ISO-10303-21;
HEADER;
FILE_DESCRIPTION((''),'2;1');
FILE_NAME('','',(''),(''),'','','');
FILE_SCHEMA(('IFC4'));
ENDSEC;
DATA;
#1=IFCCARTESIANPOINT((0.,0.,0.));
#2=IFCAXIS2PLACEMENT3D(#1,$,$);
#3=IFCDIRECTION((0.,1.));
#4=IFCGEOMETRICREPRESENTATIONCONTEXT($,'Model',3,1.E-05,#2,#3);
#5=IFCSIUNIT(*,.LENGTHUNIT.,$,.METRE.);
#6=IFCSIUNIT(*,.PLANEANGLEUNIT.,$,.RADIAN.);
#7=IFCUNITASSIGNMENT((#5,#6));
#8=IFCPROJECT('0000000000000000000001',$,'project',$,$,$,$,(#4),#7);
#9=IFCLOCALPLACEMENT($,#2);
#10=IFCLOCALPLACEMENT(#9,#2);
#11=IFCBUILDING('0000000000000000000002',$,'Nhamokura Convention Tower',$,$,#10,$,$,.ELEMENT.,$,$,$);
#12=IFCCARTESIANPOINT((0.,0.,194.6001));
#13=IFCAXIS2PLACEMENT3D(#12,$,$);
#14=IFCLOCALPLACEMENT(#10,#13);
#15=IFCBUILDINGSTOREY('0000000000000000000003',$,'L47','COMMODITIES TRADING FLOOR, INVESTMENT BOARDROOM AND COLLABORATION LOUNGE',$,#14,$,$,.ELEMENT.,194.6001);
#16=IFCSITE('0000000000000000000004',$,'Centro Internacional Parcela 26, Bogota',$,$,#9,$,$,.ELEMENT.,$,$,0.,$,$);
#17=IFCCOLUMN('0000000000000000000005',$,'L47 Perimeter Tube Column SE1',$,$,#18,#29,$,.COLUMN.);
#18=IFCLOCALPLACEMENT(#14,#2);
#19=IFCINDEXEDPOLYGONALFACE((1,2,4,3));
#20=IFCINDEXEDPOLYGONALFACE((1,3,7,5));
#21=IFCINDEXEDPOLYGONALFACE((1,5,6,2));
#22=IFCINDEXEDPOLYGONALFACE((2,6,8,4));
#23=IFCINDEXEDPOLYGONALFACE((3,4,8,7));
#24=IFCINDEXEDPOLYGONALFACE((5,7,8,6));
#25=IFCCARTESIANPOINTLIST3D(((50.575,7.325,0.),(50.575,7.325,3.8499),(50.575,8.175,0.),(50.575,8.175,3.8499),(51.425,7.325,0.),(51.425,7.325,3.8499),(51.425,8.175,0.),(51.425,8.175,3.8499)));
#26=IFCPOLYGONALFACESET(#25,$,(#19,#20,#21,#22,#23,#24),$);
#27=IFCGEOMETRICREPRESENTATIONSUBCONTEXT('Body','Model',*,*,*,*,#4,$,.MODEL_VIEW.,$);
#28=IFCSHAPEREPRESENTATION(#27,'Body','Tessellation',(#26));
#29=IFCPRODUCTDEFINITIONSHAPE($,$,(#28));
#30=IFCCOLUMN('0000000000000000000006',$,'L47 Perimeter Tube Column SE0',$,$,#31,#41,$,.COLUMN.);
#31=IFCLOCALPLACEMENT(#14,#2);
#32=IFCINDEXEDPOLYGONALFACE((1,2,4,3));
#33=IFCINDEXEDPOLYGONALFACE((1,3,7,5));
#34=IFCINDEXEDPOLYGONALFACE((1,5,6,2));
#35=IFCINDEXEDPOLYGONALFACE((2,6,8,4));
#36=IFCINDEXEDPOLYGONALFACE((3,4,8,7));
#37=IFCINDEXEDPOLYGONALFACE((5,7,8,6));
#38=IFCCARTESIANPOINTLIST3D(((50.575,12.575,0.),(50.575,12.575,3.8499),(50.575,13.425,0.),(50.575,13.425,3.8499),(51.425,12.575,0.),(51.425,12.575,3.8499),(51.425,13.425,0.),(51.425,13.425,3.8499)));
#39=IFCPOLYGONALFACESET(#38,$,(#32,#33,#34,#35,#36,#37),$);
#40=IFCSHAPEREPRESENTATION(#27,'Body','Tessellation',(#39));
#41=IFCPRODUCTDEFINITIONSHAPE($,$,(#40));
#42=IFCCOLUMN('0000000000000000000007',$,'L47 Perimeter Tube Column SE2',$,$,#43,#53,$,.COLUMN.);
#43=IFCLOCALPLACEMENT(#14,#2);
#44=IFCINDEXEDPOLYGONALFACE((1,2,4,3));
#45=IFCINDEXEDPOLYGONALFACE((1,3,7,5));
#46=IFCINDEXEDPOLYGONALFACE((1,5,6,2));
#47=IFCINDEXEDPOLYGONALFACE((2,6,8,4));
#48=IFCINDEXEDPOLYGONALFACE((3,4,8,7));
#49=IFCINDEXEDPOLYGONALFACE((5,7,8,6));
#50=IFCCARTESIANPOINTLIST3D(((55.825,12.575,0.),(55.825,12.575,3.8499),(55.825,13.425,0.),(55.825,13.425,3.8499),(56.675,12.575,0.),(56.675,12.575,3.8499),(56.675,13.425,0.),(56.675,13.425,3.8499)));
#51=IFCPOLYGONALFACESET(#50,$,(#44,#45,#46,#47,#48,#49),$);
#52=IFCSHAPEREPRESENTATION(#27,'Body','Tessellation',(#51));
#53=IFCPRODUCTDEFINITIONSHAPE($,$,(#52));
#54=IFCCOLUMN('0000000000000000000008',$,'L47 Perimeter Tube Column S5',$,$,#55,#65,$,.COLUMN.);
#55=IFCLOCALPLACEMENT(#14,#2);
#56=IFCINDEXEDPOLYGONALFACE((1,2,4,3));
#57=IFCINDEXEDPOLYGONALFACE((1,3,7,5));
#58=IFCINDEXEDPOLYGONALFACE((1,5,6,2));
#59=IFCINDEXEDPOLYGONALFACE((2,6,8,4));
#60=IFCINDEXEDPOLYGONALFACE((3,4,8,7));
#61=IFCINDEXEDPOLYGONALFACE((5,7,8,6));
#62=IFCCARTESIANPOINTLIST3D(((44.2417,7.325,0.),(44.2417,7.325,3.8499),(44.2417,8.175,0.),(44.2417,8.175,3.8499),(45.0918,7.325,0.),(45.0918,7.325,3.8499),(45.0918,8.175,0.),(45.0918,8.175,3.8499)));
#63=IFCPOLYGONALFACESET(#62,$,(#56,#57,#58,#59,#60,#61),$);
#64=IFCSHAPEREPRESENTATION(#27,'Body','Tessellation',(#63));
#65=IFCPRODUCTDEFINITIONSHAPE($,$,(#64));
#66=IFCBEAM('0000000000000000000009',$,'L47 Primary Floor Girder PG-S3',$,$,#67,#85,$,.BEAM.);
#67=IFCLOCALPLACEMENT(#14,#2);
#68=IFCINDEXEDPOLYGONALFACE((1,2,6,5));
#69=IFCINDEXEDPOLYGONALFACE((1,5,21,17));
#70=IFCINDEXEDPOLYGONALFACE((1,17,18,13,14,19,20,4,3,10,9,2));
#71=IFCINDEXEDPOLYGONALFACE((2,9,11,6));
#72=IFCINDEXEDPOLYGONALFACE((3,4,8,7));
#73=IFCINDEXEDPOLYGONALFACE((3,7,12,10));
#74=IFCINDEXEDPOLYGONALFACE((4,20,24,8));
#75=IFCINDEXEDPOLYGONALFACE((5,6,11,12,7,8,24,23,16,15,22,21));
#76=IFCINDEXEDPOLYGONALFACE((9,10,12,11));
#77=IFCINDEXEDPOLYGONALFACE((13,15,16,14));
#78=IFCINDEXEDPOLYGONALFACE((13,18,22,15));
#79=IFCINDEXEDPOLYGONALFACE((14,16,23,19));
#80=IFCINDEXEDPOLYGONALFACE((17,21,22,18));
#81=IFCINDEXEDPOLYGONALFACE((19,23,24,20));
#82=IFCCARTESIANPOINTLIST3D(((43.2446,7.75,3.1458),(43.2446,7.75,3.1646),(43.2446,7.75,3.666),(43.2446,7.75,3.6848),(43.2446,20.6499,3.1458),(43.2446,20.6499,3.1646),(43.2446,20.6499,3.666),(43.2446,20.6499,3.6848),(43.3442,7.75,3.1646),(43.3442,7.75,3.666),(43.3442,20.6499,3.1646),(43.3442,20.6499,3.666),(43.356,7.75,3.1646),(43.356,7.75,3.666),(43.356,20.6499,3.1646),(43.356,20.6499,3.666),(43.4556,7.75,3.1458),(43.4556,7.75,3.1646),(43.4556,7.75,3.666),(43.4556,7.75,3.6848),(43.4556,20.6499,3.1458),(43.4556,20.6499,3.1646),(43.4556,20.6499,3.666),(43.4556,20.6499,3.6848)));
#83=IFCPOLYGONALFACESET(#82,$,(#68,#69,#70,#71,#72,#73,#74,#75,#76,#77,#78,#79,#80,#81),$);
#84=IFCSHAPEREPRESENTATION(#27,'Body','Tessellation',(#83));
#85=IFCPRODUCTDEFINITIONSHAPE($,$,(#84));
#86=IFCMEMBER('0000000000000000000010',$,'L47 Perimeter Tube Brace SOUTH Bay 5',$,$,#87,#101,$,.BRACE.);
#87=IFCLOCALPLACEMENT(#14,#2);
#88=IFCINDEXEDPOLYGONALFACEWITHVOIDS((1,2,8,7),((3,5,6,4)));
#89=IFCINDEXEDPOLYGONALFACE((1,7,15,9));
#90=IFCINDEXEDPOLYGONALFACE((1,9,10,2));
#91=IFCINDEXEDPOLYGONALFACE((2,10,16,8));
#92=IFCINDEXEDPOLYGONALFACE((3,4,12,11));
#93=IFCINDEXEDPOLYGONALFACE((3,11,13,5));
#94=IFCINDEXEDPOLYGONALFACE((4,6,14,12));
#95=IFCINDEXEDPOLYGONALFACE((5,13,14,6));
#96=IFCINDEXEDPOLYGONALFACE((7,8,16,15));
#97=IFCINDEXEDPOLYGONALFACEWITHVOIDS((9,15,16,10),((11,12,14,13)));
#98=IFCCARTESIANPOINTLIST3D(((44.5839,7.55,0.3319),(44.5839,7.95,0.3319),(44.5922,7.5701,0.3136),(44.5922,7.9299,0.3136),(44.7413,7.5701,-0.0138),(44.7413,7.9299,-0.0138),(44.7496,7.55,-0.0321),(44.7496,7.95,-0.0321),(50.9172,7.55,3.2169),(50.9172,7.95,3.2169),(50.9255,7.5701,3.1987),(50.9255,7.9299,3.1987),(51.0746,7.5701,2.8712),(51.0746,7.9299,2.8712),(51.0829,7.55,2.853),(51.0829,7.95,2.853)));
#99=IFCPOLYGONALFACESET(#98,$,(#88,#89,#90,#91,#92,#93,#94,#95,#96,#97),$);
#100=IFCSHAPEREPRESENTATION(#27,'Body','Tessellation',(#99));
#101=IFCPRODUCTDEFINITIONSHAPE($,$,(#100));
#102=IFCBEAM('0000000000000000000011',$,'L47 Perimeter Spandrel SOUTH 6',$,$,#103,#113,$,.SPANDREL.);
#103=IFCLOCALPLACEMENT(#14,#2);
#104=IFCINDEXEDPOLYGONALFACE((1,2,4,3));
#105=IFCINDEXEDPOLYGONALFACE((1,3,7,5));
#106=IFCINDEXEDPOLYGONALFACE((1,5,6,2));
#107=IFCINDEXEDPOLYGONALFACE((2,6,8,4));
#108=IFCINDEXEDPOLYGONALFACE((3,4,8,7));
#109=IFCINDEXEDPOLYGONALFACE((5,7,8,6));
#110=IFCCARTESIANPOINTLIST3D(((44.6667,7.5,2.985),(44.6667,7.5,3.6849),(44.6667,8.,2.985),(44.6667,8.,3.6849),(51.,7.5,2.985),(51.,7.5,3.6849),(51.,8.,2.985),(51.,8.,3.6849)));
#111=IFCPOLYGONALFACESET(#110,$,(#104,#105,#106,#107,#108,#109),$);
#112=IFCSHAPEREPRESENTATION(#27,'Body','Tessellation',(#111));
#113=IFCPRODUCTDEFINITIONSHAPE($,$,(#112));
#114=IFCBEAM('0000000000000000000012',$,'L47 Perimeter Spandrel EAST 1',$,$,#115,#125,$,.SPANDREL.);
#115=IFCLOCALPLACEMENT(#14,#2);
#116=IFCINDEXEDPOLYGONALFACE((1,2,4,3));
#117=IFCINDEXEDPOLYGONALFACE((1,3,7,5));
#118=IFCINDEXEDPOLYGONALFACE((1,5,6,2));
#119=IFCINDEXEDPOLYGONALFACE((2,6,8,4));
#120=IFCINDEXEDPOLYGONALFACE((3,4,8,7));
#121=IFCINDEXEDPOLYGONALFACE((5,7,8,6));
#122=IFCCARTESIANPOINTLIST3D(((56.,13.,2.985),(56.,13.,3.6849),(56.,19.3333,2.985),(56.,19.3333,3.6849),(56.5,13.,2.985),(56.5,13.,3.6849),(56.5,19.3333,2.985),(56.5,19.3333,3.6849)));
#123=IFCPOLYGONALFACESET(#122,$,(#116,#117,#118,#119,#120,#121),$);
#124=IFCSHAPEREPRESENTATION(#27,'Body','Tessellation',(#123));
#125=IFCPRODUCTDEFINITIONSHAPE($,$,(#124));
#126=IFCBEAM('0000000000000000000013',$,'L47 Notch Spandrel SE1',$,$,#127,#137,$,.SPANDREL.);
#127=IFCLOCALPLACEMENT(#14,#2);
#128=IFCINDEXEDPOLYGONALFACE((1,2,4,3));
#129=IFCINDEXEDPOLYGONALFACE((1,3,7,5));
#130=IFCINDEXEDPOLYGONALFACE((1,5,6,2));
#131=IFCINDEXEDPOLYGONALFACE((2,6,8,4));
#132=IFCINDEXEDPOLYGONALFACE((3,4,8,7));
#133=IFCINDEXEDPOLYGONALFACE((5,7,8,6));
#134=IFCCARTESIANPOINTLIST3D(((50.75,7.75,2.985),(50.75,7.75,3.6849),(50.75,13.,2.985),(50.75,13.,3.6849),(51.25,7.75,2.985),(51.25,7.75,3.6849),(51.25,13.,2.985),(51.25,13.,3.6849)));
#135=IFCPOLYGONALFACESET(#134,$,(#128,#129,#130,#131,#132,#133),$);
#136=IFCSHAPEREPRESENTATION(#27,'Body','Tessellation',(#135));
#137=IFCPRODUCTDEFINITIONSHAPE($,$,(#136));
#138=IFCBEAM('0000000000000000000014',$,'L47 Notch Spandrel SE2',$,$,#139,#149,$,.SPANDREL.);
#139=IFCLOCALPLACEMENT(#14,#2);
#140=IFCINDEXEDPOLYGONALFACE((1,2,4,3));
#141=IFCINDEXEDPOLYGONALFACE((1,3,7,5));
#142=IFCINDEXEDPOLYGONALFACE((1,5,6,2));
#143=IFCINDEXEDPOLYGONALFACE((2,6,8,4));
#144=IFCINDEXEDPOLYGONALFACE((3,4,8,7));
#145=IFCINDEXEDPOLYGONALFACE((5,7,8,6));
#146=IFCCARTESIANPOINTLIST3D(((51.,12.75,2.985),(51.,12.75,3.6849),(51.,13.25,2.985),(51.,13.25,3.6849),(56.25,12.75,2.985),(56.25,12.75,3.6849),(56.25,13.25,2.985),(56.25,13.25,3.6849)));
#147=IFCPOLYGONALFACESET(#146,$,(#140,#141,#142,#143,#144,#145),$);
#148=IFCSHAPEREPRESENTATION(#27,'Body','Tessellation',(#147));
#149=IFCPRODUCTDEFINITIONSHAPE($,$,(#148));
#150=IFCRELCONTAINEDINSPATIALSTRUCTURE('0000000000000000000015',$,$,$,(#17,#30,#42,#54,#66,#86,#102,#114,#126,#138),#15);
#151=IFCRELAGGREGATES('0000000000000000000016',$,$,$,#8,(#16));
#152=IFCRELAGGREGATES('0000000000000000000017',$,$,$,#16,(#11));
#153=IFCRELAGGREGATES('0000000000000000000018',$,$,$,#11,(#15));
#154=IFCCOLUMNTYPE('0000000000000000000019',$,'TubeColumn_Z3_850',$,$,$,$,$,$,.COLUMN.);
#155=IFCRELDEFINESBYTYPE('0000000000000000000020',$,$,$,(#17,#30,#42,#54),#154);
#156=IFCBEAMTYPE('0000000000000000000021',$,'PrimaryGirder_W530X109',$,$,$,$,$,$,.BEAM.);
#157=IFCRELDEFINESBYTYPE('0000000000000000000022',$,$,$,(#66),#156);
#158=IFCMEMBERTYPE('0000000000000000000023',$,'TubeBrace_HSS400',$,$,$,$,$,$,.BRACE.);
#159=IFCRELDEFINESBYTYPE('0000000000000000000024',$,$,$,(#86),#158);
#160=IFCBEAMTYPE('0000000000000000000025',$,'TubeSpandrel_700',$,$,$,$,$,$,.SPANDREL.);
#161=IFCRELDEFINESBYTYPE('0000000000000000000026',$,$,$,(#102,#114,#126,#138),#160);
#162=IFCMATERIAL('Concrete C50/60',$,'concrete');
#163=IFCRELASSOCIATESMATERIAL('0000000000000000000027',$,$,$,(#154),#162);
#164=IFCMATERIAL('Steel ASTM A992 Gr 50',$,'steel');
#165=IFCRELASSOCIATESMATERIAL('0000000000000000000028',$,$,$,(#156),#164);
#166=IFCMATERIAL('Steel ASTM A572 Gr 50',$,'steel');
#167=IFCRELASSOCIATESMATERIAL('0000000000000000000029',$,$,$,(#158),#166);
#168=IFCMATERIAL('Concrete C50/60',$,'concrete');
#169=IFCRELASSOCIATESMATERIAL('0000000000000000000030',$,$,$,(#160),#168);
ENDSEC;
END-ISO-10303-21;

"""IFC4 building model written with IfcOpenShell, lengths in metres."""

from ifc_helpers import new_model, si_unit, direction, frame, origin, origin_2d, place, context, subcontext, project, spatial, rectangle, hollow_rectangle, i_section, extrude, material, material_profile, profile_set, type_object, element, save


model = new_model("IFC4")

# Units and contexts
model_context = context("Model", 3, precision=1e-05, world=origin(), true_north=direction((0.0, 1.0)))
body_context = subcontext(model_context, "Body", "Model", "MODEL_VIEW")
ifc_project = project(units=[si_unit("LENGTHUNIT", "METRE"), si_unit("PLANEANGLEUNIT", "RADIAN")], contexts=[model_context])

# Site, building, storey
site_placement = place(None, origin())
site = spatial("IfcSite", under=ifc_project, at=site_placement, Name="Centro Internacional Parcela 26, Bogota", CompositionType="ELEMENT", RefElevation=0.0)
building_placement = place(site_placement, origin())
building = spatial("IfcBuilding", under=site, at=building_placement, Name="Nhamokura Convention Tower", CompositionType="ELEMENT")
storey_placement = place(building_placement, frame((0.0, 0.0, 194.6001)))
storey = spatial("IfcBuildingStorey", under=building, at=storey_placement, Name="L47", Description="COMMODITIES TRADING FLOOR, INVESTMENT BOARDROOM AND COLLABORATION LOUNGE", CompositionType="ELEMENT", Elevation=194.6001)

# Columns
ifc_material_1 = material(Name="Concrete C50/60", Category="concrete")
ifc_material_profile_1 = material_profile(ifc_material_1, rectangle(XDim=0.8501, YDim=0.8501, at=origin_2d()))
ifc_profile_set_1 = profile_set([ifc_material_profile_1], Name="Concrete C50/60")
column_type = type_object("IfcColumnType", Name="TubeColumn_Z3_850", PredefinedType="COLUMN", material=ifc_profile_set_1)
for number, where, z_axis, x_axis, name in (
    (1, (51.0, 7.75, 0.0), (0.0, 0.0, 1.0), (1.0, 0.0, 0.0), "L47 Perimeter Tube Column SE1"),
    (2, (51.0, 13.0, 0.0), (0.0, 0.0, 1.0), (1.0, 0.0, 0.0), "L47 Perimeter Tube Column SE0"),
    (3, (56.25, 13.0, 0.0), (0.0, 0.0, 1.0), (1.0, 0.0, 0.0), "L47 Perimeter Tube Column SE2"),
    (4, (44.6667, 7.75, 0.0), (0.0, 0.0, 1.0), (1.0, 0.0, 0.0), "L47 Perimeter Tube Column S5"),
):
    element("IfcColumn", number, at=place(storey_placement, frame(where, z_axis=z_axis, x_axis=x_axis)), inside=storey, type_object=column_type, Name=name, PredefinedType="COLUMN", context=body_context, shape_type="SweptSolid", body=[
        extrude(rectangle(XDim=0.8501, YDim=0.8501, at=origin_2d()), origin(), (0.0, 0.0, 1.0), 3.8499),
    ])

# Beam
ifc_material_2 = material(Name="Steel ASTM A992 Gr 50", Category="steel")
ifc_material_profile_2 = material_profile(ifc_material_2, i_section(OverallWidth=0.2109, OverallDepth=0.5391, WebThickness=0.0117, FlangeThickness=0.0188, at=origin_2d()))
ifc_profile_set_2 = profile_set([ifc_material_profile_2], Name="Steel ASTM A992 Gr 50")
beam_type_1 = type_object("IfcBeamType", Name="PrimaryGirder_W530X109", PredefinedType="BEAM", material=ifc_profile_set_2)
beam_placement = place(storey_placement, frame((43.3501, 7.75, 3.4153), z_axis=(0.0, 1.0, 0.0), x_axis=(-1.0, 0.0, 0.0)))
element("IfcBeam", 5, at=beam_placement, inside=storey, type_object=beam_type_1, Name="L47 Primary Floor Girder PG-S3", PredefinedType="BEAM", context=body_context, shape_type="SweptSolid", body=[
    extrude(i_section(OverallWidth=0.2109, OverallDepth=0.5391, WebThickness=0.0117, FlangeThickness=0.0188, at=origin_2d()), origin(), (0.0, 0.0, 1.0), 12.8999),
])

# Member
ifc_material_3 = material(Name="Steel ASTM A572 Gr 50", Category="steel")
ifc_material_profile_3 = material_profile(ifc_material_3, hollow_rectangle(XDim=0.3999, YDim=0.3999, WallThickness=0.02, at=origin_2d()))
ifc_profile_set_3 = profile_set([ifc_material_profile_3], Name="Steel ASTM A572 Gr 50")
member_type = type_object("IfcMemberType", Name="TubeBrace_HSS400", PredefinedType="BRACE", material=ifc_profile_set_3)
member_placement = place(storey_placement, frame((44.6667, 7.75, 0.1499), z_axis=(0.910027, 0.0, 0.414548), x_axis=(0.0, 1.0, 0.0)))
element("IfcMember", 6, at=member_placement, inside=storey, type_object=member_type, Name="L47 Perimeter Tube Brace SOUTH Bay 5", PredefinedType="BRACE", context=body_context, shape_type="SweptSolid", body=[
    extrude(hollow_rectangle(XDim=0.3999, YDim=0.3999, WallThickness=0.02, at=origin_2d()), origin(), (0.0, 0.0, 1.0), 6.9595),
])

# Beams
ifc_material_4 = material(Name="Concrete C50/60", Category="concrete")
ifc_material_profile_4 = material_profile(ifc_material_4, rectangle(XDim=0.5, YDim=0.7, at=origin_2d()))
ifc_profile_set_4 = profile_set([ifc_material_profile_4], Name="Concrete C50/60")
beam_type_2 = type_object("IfcBeamType", Name="TubeSpandrel_700", PredefinedType="SPANDREL", material=ifc_profile_set_4)
for number, where, z_axis, x_axis, name in (
    (7, (44.6667, 7.75, 3.335), (1.0, 0.0, 0.0), (0.0, 1.0, 0.0), "L47 Perimeter Spandrel SOUTH 6"),
    (8, (56.25, 13.0, 3.335), (0.0, 1.0, 0.0), (-1.0, 0.0, 0.0), "L47 Perimeter Spandrel EAST 1"),
):
    element("IfcBeam", number, at=place(storey_placement, frame(where, z_axis=z_axis, x_axis=x_axis)), inside=storey, type_object=beam_type_2, Name=name, PredefinedType="SPANDREL", context=body_context, shape_type="SweptSolid", body=[
        extrude(rectangle(XDim=0.5, YDim=0.7, at=origin_2d()), origin(), (0.0, 0.0, 1.0), 6.3333),
    ])
for number, where, z_axis, x_axis, name in (
    (9, (51.0, 7.75, 3.335), (0.0, 1.0, 0.0), (-1.0, 0.0, 0.0), "L47 Notch Spandrel SE1"),
    (10, (51.0, 13.0, 3.335), (1.0, 0.0, 0.0), (0.0, 1.0, 0.0), "L47 Notch Spandrel SE2"),
):
    element("IfcBeam", number, at=place(storey_placement, frame(where, z_axis=z_axis, x_axis=x_axis)), inside=storey, type_object=beam_type_2, Name=name, PredefinedType="SPANDREL", context=body_context, shape_type="SweptSolid", body=[
        extrude(rectangle(XDim=0.5, YDim=0.7, at=origin_2d()), origin(), (0.0, 0.0, 1.0), 5.25),
    ])

save(model, "model.ifc")
